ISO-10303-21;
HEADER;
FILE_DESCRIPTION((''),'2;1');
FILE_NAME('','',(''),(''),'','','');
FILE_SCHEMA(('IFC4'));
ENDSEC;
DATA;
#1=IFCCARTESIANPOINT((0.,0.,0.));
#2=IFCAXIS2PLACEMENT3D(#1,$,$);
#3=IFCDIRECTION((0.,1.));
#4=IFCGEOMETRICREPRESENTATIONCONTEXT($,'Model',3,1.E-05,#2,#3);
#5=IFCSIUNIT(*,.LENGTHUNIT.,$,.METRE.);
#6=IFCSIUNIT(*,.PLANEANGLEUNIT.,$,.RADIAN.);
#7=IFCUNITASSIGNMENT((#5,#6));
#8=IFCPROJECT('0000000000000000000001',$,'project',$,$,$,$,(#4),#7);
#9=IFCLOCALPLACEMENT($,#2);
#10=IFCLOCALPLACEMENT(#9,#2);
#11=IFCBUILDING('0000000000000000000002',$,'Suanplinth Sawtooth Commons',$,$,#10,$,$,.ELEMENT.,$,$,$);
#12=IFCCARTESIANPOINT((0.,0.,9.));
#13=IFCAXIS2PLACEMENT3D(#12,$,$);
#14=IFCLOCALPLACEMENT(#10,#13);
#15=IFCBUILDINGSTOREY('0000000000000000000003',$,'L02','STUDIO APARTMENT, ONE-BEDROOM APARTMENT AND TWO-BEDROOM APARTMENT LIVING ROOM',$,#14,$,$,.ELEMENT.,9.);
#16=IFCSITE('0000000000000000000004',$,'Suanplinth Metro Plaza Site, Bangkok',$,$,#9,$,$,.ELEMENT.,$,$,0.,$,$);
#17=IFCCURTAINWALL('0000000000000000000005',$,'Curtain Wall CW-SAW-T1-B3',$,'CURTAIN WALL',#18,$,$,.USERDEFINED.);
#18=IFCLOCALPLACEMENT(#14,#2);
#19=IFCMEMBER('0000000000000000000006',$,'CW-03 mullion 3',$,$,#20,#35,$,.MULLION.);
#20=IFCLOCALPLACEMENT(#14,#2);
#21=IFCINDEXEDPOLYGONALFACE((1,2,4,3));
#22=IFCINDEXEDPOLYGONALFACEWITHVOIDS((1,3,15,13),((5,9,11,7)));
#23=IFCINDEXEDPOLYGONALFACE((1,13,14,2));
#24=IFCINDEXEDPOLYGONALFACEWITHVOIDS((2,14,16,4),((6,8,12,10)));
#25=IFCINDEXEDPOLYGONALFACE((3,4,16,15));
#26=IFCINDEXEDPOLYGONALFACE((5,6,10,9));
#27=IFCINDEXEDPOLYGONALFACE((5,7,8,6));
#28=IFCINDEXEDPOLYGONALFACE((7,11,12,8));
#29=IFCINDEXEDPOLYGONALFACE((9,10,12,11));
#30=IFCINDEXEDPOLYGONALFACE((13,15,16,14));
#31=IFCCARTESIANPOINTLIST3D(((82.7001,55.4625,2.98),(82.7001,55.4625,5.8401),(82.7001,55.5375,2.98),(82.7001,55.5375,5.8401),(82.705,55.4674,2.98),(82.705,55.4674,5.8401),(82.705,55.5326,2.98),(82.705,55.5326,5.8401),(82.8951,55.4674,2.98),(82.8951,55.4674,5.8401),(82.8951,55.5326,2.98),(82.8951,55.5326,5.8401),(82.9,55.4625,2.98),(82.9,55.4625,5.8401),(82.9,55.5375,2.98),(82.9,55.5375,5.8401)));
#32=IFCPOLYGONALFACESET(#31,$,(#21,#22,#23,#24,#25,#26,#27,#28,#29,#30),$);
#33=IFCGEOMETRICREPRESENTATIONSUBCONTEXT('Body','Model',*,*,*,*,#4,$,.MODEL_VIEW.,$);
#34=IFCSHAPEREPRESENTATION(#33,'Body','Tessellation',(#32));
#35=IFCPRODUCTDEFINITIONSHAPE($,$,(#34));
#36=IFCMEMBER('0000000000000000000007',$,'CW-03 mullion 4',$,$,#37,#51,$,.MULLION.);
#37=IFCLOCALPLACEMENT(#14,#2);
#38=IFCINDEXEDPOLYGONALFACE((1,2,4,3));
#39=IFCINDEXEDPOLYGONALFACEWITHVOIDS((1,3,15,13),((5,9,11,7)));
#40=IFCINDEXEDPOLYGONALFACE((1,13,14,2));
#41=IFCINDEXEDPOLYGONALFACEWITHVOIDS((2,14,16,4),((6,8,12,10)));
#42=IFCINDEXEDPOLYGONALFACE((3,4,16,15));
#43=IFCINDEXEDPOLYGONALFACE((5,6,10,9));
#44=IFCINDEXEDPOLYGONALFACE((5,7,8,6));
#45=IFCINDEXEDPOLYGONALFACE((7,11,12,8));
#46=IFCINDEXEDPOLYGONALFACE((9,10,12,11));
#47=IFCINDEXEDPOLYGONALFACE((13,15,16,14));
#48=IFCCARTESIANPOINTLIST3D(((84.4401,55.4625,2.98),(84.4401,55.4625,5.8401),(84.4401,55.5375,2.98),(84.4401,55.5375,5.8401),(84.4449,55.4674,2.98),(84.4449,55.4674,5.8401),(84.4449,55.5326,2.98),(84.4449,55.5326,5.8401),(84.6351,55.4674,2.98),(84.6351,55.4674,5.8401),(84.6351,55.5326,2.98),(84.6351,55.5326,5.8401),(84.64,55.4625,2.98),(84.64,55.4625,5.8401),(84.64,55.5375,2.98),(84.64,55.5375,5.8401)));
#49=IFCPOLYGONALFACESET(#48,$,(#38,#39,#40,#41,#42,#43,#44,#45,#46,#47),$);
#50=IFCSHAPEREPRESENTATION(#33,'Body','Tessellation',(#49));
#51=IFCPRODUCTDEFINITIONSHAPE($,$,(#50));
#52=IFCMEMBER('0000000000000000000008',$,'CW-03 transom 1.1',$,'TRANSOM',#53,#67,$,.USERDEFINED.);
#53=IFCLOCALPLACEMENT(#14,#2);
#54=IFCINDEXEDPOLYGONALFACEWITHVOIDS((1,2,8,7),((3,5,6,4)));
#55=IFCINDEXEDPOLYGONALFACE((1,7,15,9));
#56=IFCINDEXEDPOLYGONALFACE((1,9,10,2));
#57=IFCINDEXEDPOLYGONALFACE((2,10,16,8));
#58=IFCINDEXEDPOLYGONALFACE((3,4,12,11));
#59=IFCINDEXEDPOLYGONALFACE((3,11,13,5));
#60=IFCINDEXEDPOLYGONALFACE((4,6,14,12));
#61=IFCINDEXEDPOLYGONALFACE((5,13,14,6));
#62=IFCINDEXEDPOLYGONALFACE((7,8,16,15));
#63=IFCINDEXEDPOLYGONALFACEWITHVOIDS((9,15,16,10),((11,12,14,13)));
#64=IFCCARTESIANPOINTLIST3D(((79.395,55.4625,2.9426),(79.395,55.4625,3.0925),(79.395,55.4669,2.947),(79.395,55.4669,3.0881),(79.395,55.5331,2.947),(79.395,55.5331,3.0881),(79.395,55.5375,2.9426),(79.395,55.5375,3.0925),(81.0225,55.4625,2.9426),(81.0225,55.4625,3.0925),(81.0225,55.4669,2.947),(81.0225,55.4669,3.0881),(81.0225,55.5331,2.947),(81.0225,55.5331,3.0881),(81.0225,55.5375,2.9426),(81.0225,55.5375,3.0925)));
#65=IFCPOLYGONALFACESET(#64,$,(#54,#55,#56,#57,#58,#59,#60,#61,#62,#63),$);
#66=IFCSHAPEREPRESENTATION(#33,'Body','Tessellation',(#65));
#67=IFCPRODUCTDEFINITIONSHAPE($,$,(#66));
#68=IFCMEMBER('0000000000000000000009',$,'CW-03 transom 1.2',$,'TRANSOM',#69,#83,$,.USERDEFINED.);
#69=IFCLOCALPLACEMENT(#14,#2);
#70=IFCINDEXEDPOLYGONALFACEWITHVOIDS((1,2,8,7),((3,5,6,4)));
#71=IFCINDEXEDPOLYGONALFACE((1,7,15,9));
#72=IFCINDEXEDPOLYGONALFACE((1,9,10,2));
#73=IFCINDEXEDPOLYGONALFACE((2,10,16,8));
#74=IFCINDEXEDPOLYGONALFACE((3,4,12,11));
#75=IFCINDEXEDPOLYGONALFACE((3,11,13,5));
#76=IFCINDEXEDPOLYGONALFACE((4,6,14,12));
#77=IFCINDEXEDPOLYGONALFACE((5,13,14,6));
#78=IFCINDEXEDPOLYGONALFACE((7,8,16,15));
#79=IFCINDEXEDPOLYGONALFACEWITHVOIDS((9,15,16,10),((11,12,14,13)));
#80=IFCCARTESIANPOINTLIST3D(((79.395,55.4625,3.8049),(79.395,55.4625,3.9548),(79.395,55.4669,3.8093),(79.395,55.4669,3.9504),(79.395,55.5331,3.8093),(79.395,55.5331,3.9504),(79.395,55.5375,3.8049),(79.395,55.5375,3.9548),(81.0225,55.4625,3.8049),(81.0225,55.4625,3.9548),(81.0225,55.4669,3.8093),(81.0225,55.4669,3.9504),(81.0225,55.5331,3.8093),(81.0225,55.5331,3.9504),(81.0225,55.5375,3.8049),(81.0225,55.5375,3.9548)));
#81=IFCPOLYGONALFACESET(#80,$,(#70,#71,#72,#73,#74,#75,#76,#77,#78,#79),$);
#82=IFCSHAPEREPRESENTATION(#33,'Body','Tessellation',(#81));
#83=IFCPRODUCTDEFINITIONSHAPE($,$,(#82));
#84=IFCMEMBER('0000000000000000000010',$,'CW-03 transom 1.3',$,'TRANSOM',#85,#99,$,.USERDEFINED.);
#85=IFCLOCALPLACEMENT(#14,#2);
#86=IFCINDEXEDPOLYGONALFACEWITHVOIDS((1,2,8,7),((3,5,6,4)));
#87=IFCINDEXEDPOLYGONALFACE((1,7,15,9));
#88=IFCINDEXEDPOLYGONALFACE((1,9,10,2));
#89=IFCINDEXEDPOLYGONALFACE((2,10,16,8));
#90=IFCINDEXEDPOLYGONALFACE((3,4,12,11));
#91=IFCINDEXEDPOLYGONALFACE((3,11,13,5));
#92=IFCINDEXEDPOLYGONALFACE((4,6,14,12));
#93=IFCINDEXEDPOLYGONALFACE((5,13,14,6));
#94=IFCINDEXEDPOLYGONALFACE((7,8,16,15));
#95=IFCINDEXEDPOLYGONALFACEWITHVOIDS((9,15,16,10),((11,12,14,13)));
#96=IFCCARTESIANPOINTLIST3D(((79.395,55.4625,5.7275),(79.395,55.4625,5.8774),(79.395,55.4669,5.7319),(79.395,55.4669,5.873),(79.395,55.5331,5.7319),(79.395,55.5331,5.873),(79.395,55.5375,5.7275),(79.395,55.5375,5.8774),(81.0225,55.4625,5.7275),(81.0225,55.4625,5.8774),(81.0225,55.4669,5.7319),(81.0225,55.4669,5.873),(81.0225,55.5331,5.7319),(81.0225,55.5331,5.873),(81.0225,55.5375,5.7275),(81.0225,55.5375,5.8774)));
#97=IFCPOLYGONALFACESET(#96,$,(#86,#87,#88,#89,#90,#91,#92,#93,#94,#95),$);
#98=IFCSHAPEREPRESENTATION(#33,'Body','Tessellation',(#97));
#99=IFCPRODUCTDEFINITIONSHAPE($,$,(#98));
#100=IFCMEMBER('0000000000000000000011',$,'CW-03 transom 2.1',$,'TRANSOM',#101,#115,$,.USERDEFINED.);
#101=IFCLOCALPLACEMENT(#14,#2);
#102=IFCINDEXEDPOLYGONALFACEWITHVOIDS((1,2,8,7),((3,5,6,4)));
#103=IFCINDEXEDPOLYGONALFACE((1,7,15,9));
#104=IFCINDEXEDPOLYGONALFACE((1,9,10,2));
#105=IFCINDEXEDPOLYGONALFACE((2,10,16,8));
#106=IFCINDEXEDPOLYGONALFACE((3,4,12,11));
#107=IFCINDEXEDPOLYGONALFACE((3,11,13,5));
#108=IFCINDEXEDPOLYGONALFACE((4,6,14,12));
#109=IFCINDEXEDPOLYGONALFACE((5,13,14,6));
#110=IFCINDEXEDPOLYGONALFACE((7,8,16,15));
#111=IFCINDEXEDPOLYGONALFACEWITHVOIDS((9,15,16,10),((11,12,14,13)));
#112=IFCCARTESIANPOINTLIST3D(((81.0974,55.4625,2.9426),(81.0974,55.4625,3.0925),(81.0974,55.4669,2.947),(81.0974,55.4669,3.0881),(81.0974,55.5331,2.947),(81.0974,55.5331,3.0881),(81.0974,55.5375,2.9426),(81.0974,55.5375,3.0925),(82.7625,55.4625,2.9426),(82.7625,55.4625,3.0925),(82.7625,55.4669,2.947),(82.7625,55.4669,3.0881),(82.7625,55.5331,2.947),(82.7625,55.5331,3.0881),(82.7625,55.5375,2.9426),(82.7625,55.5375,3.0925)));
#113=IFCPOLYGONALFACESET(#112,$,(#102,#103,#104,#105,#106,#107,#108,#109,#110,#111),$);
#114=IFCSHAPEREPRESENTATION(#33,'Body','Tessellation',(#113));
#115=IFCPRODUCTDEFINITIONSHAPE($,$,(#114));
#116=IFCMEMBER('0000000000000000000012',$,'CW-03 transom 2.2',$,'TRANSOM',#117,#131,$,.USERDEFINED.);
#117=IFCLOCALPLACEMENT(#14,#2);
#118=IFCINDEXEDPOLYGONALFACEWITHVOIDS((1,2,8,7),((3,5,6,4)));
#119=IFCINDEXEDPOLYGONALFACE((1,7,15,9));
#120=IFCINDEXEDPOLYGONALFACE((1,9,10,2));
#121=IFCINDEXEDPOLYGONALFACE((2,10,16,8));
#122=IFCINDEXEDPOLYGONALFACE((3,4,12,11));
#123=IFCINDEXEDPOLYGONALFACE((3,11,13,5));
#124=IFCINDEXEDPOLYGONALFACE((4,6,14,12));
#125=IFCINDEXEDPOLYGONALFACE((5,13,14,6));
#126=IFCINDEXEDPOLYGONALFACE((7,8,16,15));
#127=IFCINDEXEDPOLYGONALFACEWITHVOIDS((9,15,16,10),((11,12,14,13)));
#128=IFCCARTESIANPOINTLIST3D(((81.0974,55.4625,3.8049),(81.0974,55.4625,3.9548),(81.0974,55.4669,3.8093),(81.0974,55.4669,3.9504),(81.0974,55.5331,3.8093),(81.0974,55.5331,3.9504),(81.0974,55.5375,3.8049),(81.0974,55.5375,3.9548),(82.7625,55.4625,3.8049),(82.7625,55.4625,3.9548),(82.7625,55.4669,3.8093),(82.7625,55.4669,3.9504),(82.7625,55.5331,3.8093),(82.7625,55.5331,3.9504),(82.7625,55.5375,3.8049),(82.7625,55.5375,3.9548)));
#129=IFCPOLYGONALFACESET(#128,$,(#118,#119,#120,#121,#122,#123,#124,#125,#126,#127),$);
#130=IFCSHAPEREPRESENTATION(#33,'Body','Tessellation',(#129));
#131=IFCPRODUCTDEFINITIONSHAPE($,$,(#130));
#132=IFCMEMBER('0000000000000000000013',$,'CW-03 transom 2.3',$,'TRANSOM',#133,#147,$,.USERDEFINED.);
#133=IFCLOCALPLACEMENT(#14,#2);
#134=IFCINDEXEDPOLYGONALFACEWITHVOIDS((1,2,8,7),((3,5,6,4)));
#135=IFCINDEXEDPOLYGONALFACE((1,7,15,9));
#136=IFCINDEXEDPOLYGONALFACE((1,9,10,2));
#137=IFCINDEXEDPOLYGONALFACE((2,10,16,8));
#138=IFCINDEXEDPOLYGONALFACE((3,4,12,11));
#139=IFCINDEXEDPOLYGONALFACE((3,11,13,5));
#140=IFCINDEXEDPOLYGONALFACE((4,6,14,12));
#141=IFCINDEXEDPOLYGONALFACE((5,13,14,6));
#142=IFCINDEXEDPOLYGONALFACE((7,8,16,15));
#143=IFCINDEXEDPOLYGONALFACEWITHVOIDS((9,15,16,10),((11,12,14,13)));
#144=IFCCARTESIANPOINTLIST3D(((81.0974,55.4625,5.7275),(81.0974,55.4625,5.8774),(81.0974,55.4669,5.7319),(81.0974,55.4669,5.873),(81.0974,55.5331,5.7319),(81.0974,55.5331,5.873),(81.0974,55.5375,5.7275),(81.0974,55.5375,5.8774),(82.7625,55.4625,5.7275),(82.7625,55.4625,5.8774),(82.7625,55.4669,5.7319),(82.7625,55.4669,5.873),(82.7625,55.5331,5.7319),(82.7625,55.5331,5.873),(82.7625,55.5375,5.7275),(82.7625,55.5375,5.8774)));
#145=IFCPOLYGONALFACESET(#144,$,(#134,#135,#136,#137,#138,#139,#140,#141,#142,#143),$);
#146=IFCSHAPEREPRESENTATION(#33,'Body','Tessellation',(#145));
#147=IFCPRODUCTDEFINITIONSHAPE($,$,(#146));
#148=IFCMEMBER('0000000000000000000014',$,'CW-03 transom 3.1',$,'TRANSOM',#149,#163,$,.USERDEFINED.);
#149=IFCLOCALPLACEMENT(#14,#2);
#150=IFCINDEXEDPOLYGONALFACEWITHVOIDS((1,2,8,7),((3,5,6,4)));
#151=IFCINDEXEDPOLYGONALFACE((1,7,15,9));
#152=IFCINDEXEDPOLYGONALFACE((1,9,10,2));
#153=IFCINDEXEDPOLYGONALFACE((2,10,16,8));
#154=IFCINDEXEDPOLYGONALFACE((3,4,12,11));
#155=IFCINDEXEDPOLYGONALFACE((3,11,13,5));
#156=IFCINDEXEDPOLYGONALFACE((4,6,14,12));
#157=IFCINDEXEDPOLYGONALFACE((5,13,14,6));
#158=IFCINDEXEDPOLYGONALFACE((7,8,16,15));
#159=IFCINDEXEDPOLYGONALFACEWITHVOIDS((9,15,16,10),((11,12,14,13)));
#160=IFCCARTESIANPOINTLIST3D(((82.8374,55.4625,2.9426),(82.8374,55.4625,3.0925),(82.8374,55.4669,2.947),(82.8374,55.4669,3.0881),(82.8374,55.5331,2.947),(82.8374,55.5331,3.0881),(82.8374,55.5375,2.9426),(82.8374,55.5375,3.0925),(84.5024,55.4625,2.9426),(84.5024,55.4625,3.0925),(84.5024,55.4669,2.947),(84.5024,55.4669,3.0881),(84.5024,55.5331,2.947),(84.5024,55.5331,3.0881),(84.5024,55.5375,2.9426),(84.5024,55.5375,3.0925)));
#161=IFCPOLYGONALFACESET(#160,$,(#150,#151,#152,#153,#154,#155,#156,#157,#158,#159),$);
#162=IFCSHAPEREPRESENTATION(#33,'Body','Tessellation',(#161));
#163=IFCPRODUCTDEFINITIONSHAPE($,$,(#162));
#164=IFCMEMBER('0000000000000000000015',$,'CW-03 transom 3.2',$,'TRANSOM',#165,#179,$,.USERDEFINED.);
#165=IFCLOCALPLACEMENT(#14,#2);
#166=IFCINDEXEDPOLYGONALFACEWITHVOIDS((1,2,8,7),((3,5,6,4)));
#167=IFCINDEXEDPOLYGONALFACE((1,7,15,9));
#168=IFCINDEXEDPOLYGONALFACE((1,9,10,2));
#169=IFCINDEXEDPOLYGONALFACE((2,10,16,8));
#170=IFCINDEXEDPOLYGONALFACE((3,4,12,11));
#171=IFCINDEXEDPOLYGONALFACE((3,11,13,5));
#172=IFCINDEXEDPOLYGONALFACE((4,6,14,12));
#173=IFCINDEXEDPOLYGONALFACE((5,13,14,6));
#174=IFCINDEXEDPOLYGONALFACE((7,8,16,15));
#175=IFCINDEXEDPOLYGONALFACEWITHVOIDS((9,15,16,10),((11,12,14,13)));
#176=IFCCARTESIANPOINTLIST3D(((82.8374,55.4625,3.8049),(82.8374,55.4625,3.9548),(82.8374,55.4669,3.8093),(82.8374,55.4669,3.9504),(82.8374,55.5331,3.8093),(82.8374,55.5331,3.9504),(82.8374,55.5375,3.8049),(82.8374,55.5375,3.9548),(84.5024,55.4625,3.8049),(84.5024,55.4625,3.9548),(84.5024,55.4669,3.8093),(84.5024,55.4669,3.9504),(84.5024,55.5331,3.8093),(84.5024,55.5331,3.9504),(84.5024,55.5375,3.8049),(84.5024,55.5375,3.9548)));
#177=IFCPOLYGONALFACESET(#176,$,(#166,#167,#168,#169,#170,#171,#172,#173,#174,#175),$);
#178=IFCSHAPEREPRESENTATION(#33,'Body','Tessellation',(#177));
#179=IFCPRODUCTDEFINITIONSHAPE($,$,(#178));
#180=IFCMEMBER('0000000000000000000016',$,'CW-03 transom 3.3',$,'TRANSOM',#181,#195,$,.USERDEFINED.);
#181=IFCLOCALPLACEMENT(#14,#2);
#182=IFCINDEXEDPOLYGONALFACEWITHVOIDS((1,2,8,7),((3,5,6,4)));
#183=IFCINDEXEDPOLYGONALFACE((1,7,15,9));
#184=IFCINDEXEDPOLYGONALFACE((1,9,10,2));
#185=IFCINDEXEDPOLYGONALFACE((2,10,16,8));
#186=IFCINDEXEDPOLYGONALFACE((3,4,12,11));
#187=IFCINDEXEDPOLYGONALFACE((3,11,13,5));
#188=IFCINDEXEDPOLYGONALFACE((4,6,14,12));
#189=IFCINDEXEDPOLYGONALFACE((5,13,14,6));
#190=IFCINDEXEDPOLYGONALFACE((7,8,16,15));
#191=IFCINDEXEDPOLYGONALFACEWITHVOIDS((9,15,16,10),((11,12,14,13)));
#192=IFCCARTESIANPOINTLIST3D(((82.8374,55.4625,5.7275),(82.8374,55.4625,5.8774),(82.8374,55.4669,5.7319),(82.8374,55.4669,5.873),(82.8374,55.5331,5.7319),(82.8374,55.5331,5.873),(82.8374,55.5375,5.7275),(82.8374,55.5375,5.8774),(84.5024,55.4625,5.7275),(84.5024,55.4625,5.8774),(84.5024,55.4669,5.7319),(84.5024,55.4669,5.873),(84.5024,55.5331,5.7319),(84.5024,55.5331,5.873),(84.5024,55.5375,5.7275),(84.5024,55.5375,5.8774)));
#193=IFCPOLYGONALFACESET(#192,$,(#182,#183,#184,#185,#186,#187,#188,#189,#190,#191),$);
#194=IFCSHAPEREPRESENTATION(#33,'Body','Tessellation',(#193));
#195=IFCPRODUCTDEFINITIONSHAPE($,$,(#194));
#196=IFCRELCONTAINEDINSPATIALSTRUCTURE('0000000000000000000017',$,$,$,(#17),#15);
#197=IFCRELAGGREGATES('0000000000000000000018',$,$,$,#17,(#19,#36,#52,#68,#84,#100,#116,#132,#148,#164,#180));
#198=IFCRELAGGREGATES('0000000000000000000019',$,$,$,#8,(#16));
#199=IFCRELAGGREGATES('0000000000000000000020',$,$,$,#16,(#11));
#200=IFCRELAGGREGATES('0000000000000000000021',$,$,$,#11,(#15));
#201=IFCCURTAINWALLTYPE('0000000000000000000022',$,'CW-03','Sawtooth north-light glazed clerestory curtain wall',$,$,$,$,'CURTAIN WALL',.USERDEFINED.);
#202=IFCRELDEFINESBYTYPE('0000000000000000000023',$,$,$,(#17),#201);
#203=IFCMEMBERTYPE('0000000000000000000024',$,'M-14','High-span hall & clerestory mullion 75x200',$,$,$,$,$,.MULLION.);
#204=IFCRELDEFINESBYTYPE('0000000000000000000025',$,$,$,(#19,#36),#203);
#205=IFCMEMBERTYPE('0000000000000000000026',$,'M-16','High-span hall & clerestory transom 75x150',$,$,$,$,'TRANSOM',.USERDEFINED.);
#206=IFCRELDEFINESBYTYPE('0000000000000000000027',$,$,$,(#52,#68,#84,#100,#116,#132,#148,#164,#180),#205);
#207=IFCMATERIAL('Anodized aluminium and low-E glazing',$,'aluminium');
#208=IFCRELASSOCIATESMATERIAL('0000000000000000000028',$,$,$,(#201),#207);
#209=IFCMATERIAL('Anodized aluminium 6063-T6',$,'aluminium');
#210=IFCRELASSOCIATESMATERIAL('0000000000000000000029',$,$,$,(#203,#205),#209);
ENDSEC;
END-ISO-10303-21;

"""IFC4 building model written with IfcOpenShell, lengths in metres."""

from ifc_helpers import new_model, si_unit, direction, frame, origin, origin_2d, place, context, subcontext, project, spatial, hollow_rectangle, extrude, material, material_profile, profile_set, type_object, element, aggregate, save


model = new_model("IFC4")

# Units and contexts
model_context = context("Model", 3, precision=1e-05, world=origin(), true_north=direction((0.0, 1.0)))
body_context = subcontext(model_context, "Body", "Model", "MODEL_VIEW")
ifc_project = project(units=[si_unit("LENGTHUNIT", "METRE"), si_unit("PLANEANGLEUNIT", "RADIAN")], contexts=[model_context])

# Site, building, storey
site_placement = place(None, origin())
site = spatial("IfcSite", under=ifc_project, at=site_placement, Name="Suanplinth Metro Plaza Site, Bangkok", CompositionType="ELEMENT", RefElevation=0.0)
building_placement = place(site_placement, origin())
building = spatial("IfcBuilding", under=site, at=building_placement, Name="Suanplinth Sawtooth Commons", CompositionType="ELEMENT")
storey_placement = place(building_placement, frame((0.0, 0.0, 9.0)))
storey = spatial("IfcBuildingStorey", under=building, at=storey_placement, Name="L02", Description="STUDIO APARTMENT, ONE-BEDROOM APARTMENT AND TWO-BEDROOM APARTMENT LIVING ROOM", CompositionType="ELEMENT", Elevation=9.0)

# Curtain wall, members
ifc_material_1 = material(Name="Anodized aluminium and low-E glazing", Category="aluminium")
curtain_wall_type = type_object("IfcCurtainWallType", Name="CW-03", Description="Sawtooth north-light glazed clerestory curtain wall", ElementType="CURTAIN WALL", PredefinedType="USERDEFINED", material=ifc_material_1)
curtain_wall_placement = place(storey_placement, origin())
curtain_wall = element("IfcCurtainWall", 1, at=curtain_wall_placement, inside=storey, type_object=curtain_wall_type, Name="Curtain Wall CW-SAW-T1-B3", ObjectType="CURTAIN WALL", PredefinedType="USERDEFINED")
ifc_material_2 = material(Name="Anodized aluminium 6063-T6", Category="aluminium")
ifc_material_profile_1 = material_profile(ifc_material_2, hollow_rectangle(XDim=0.075, YDim=0.2, WallThickness=0.0049, at=origin_2d()), Name="ALU-MUL 75x200")
ifc_profile_set_1 = profile_set([ifc_material_profile_1], Name="Anodized aluminium 6063-T6")
member_type_1 = type_object("IfcMemberType", Name="M-14", Description="High-span hall & clerestory mullion 75x200", PredefinedType="MULLION", material=ifc_profile_set_1)
member_1_placement = place(storey_placement, frame((82.8, 55.5, 2.98), z_axis=(0.0, 0.0, 1.0), x_axis=(0.0, 1.0, 0.0)))
member_1 = element("IfcMember", 2, at=member_1_placement, type_object=member_type_1, Name="CW-03 mullion 3", PredefinedType="MULLION", context=body_context, shape_type="SweptSolid", body=[
    extrude(hollow_rectangle(XDim=0.075, YDim=0.2, WallThickness=0.0049, at=origin_2d()), origin(), (0.0, 0.0, 1.0), 2.8601),
])
member_2_placement = place(storey_placement, frame((84.54, 55.5, 2.98), z_axis=(0.0, 0.0, 1.0), x_axis=(0.0, 1.0, 0.0)))
member_2 = element("IfcMember", 3, at=member_2_placement, type_object=member_type_1, Name="CW-03 mullion 4", PredefinedType="MULLION", context=body_context, shape_type="SweptSolid", body=[
    extrude(hollow_rectangle(XDim=0.075, YDim=0.2, WallThickness=0.0049, at=origin_2d()), origin(), (0.0, 0.0, 1.0), 2.8601),
])
ifc_material_profile_2 = material_profile(ifc_material_2, hollow_rectangle(XDim=0.075, YDim=0.1499, WallThickness=0.0044, at=origin_2d()), Name="ALU-TRN 75x150")
ifc_profile_set_2 = profile_set([ifc_material_profile_2], Name="Anodized aluminium 6063-T6")
member_type_2 = type_object("IfcMemberType", Name="M-16", Description="High-span hall & clerestory transom 75x150", ElementType="TRANSOM", PredefinedType="USERDEFINED", material=ifc_profile_set_2)
member_3_placement = place(storey_placement, frame((79.395, 55.5, 3.0176), z_axis=(1.0, 0.0, 0.0), x_axis=(0.0, 1.0, 0.0)))
member_3 = element("IfcMember", 4, at=member_3_placement, type_object=member_type_2, Name="CW-03 transom 1.1", ObjectType="TRANSOM", PredefinedType="USERDEFINED", context=body_context, shape_type="SweptSolid", body=[
    extrude(hollow_rectangle(XDim=0.075, YDim=0.1499, WallThickness=0.0044, at=origin_2d()), origin(), (0.0, 0.0, 1.0), 1.6274),
])
member_4_placement = place(storey_placement, frame((79.395, 55.5, 3.8799), z_axis=(1.0, 0.0, 0.0), x_axis=(0.0, 1.0, 0.0)))
member_4 = element("IfcMember", 5, at=member_4_placement, type_object=member_type_2, Name="CW-03 transom 1.2", ObjectType="TRANSOM", PredefinedType="USERDEFINED", context=body_context, shape_type="SweptSolid", body=[
    extrude(hollow_rectangle(XDim=0.075, YDim=0.1499, WallThickness=0.0044, at=origin_2d()), origin(), (0.0, 0.0, 1.0), 1.6274),
])
member_5_placement = place(storey_placement, frame((79.395, 55.5, 5.8025), z_axis=(1.0, 0.0, 0.0), x_axis=(0.0, 1.0, 0.0)))
member_5 = element("IfcMember", 6, at=member_5_placement, type_object=member_type_2, Name="CW-03 transom 1.3", ObjectType="TRANSOM", PredefinedType="USERDEFINED", context=body_context, shape_type="SweptSolid", body=[
    extrude(hollow_rectangle(XDim=0.075, YDim=0.1499, WallThickness=0.0044, at=origin_2d()), origin(), (0.0, 0.0, 1.0), 1.6274),
])
member_6_placement = place(storey_placement, frame((81.0974, 55.5, 3.0176), z_axis=(1.0, 0.0, 0.0), x_axis=(0.0, 1.0, 0.0)))
member_6 = element("IfcMember", 7, at=member_6_placement, type_object=member_type_2, Name="CW-03 transom 2.1", ObjectType="TRANSOM", PredefinedType="USERDEFINED", context=body_context, shape_type="SweptSolid", body=[
    extrude(hollow_rectangle(XDim=0.075, YDim=0.1499, WallThickness=0.0044, at=origin_2d()), origin(), (0.0, 0.0, 1.0), 1.665),
])
member_7_placement = place(storey_placement, frame((81.0974, 55.5, 3.8799), z_axis=(1.0, 0.0, 0.0), x_axis=(0.0, 1.0, 0.0)))
member_7 = element("IfcMember", 8, at=member_7_placement, type_object=member_type_2, Name="CW-03 transom 2.2", ObjectType="TRANSOM", PredefinedType="USERDEFINED", context=body_context, shape_type="SweptSolid", body=[
    extrude(hollow_rectangle(XDim=0.075, YDim=0.1499, WallThickness=0.0044, at=origin_2d()), origin(), (0.0, 0.0, 1.0), 1.665),
])
member_8_placement = place(storey_placement, frame((81.0974, 55.5, 5.8025), z_axis=(1.0, 0.0, 0.0), x_axis=(0.0, 1.0, 0.0)))
member_8 = element("IfcMember", 9, at=member_8_placement, type_object=member_type_2, Name="CW-03 transom 2.3", ObjectType="TRANSOM", PredefinedType="USERDEFINED", context=body_context, shape_type="SweptSolid", body=[
    extrude(hollow_rectangle(XDim=0.075, YDim=0.1499, WallThickness=0.0044, at=origin_2d()), origin(), (0.0, 0.0, 1.0), 1.665),
])
member_9_placement = place(storey_placement, frame((82.8374, 55.5, 3.0176), z_axis=(1.0, 0.0, 0.0), x_axis=(0.0, 1.0, 0.0)))
member_9 = element("IfcMember", 10, at=member_9_placement, type_object=member_type_2, Name="CW-03 transom 3.1", ObjectType="TRANSOM", PredefinedType="USERDEFINED", context=body_context, shape_type="SweptSolid", body=[
    extrude(hollow_rectangle(XDim=0.075, YDim=0.1499, WallThickness=0.0044, at=origin_2d()), origin(), (0.0, 0.0, 1.0), 1.665),
])
member_10_placement = place(storey_placement, frame((82.8374, 55.5, 3.8799), z_axis=(1.0, 0.0, 0.0), x_axis=(0.0, 1.0, 0.0)))
member_10 = element("IfcMember", 11, at=member_10_placement, type_object=member_type_2, Name="CW-03 transom 3.2", ObjectType="TRANSOM", PredefinedType="USERDEFINED", context=body_context, shape_type="SweptSolid", body=[
    extrude(hollow_rectangle(XDim=0.075, YDim=0.1499, WallThickness=0.0044, at=origin_2d()), origin(), (0.0, 0.0, 1.0), 1.665),
])
member_11_placement = place(storey_placement, frame((82.8374, 55.5, 5.8025), z_axis=(1.0, 0.0, 0.0), x_axis=(0.0, 1.0, 0.0)))
member_11 = element("IfcMember", 12, at=member_11_placement, type_object=member_type_2, Name="CW-03 transom 3.3", ObjectType="TRANSOM", PredefinedType="USERDEFINED", context=body_context, shape_type="SweptSolid", body=[
    extrude(hollow_rectangle(XDim=0.075, YDim=0.1499, WallThickness=0.0044, at=origin_2d()), origin(), (0.0, 0.0, 1.0), 1.665),
])

aggregate(curtain_wall, [member_1, member_2, member_3, member_4, member_5, member_6, member_7, member_8, member_9, member_10, member_11])

save(model, "model.ifc")
